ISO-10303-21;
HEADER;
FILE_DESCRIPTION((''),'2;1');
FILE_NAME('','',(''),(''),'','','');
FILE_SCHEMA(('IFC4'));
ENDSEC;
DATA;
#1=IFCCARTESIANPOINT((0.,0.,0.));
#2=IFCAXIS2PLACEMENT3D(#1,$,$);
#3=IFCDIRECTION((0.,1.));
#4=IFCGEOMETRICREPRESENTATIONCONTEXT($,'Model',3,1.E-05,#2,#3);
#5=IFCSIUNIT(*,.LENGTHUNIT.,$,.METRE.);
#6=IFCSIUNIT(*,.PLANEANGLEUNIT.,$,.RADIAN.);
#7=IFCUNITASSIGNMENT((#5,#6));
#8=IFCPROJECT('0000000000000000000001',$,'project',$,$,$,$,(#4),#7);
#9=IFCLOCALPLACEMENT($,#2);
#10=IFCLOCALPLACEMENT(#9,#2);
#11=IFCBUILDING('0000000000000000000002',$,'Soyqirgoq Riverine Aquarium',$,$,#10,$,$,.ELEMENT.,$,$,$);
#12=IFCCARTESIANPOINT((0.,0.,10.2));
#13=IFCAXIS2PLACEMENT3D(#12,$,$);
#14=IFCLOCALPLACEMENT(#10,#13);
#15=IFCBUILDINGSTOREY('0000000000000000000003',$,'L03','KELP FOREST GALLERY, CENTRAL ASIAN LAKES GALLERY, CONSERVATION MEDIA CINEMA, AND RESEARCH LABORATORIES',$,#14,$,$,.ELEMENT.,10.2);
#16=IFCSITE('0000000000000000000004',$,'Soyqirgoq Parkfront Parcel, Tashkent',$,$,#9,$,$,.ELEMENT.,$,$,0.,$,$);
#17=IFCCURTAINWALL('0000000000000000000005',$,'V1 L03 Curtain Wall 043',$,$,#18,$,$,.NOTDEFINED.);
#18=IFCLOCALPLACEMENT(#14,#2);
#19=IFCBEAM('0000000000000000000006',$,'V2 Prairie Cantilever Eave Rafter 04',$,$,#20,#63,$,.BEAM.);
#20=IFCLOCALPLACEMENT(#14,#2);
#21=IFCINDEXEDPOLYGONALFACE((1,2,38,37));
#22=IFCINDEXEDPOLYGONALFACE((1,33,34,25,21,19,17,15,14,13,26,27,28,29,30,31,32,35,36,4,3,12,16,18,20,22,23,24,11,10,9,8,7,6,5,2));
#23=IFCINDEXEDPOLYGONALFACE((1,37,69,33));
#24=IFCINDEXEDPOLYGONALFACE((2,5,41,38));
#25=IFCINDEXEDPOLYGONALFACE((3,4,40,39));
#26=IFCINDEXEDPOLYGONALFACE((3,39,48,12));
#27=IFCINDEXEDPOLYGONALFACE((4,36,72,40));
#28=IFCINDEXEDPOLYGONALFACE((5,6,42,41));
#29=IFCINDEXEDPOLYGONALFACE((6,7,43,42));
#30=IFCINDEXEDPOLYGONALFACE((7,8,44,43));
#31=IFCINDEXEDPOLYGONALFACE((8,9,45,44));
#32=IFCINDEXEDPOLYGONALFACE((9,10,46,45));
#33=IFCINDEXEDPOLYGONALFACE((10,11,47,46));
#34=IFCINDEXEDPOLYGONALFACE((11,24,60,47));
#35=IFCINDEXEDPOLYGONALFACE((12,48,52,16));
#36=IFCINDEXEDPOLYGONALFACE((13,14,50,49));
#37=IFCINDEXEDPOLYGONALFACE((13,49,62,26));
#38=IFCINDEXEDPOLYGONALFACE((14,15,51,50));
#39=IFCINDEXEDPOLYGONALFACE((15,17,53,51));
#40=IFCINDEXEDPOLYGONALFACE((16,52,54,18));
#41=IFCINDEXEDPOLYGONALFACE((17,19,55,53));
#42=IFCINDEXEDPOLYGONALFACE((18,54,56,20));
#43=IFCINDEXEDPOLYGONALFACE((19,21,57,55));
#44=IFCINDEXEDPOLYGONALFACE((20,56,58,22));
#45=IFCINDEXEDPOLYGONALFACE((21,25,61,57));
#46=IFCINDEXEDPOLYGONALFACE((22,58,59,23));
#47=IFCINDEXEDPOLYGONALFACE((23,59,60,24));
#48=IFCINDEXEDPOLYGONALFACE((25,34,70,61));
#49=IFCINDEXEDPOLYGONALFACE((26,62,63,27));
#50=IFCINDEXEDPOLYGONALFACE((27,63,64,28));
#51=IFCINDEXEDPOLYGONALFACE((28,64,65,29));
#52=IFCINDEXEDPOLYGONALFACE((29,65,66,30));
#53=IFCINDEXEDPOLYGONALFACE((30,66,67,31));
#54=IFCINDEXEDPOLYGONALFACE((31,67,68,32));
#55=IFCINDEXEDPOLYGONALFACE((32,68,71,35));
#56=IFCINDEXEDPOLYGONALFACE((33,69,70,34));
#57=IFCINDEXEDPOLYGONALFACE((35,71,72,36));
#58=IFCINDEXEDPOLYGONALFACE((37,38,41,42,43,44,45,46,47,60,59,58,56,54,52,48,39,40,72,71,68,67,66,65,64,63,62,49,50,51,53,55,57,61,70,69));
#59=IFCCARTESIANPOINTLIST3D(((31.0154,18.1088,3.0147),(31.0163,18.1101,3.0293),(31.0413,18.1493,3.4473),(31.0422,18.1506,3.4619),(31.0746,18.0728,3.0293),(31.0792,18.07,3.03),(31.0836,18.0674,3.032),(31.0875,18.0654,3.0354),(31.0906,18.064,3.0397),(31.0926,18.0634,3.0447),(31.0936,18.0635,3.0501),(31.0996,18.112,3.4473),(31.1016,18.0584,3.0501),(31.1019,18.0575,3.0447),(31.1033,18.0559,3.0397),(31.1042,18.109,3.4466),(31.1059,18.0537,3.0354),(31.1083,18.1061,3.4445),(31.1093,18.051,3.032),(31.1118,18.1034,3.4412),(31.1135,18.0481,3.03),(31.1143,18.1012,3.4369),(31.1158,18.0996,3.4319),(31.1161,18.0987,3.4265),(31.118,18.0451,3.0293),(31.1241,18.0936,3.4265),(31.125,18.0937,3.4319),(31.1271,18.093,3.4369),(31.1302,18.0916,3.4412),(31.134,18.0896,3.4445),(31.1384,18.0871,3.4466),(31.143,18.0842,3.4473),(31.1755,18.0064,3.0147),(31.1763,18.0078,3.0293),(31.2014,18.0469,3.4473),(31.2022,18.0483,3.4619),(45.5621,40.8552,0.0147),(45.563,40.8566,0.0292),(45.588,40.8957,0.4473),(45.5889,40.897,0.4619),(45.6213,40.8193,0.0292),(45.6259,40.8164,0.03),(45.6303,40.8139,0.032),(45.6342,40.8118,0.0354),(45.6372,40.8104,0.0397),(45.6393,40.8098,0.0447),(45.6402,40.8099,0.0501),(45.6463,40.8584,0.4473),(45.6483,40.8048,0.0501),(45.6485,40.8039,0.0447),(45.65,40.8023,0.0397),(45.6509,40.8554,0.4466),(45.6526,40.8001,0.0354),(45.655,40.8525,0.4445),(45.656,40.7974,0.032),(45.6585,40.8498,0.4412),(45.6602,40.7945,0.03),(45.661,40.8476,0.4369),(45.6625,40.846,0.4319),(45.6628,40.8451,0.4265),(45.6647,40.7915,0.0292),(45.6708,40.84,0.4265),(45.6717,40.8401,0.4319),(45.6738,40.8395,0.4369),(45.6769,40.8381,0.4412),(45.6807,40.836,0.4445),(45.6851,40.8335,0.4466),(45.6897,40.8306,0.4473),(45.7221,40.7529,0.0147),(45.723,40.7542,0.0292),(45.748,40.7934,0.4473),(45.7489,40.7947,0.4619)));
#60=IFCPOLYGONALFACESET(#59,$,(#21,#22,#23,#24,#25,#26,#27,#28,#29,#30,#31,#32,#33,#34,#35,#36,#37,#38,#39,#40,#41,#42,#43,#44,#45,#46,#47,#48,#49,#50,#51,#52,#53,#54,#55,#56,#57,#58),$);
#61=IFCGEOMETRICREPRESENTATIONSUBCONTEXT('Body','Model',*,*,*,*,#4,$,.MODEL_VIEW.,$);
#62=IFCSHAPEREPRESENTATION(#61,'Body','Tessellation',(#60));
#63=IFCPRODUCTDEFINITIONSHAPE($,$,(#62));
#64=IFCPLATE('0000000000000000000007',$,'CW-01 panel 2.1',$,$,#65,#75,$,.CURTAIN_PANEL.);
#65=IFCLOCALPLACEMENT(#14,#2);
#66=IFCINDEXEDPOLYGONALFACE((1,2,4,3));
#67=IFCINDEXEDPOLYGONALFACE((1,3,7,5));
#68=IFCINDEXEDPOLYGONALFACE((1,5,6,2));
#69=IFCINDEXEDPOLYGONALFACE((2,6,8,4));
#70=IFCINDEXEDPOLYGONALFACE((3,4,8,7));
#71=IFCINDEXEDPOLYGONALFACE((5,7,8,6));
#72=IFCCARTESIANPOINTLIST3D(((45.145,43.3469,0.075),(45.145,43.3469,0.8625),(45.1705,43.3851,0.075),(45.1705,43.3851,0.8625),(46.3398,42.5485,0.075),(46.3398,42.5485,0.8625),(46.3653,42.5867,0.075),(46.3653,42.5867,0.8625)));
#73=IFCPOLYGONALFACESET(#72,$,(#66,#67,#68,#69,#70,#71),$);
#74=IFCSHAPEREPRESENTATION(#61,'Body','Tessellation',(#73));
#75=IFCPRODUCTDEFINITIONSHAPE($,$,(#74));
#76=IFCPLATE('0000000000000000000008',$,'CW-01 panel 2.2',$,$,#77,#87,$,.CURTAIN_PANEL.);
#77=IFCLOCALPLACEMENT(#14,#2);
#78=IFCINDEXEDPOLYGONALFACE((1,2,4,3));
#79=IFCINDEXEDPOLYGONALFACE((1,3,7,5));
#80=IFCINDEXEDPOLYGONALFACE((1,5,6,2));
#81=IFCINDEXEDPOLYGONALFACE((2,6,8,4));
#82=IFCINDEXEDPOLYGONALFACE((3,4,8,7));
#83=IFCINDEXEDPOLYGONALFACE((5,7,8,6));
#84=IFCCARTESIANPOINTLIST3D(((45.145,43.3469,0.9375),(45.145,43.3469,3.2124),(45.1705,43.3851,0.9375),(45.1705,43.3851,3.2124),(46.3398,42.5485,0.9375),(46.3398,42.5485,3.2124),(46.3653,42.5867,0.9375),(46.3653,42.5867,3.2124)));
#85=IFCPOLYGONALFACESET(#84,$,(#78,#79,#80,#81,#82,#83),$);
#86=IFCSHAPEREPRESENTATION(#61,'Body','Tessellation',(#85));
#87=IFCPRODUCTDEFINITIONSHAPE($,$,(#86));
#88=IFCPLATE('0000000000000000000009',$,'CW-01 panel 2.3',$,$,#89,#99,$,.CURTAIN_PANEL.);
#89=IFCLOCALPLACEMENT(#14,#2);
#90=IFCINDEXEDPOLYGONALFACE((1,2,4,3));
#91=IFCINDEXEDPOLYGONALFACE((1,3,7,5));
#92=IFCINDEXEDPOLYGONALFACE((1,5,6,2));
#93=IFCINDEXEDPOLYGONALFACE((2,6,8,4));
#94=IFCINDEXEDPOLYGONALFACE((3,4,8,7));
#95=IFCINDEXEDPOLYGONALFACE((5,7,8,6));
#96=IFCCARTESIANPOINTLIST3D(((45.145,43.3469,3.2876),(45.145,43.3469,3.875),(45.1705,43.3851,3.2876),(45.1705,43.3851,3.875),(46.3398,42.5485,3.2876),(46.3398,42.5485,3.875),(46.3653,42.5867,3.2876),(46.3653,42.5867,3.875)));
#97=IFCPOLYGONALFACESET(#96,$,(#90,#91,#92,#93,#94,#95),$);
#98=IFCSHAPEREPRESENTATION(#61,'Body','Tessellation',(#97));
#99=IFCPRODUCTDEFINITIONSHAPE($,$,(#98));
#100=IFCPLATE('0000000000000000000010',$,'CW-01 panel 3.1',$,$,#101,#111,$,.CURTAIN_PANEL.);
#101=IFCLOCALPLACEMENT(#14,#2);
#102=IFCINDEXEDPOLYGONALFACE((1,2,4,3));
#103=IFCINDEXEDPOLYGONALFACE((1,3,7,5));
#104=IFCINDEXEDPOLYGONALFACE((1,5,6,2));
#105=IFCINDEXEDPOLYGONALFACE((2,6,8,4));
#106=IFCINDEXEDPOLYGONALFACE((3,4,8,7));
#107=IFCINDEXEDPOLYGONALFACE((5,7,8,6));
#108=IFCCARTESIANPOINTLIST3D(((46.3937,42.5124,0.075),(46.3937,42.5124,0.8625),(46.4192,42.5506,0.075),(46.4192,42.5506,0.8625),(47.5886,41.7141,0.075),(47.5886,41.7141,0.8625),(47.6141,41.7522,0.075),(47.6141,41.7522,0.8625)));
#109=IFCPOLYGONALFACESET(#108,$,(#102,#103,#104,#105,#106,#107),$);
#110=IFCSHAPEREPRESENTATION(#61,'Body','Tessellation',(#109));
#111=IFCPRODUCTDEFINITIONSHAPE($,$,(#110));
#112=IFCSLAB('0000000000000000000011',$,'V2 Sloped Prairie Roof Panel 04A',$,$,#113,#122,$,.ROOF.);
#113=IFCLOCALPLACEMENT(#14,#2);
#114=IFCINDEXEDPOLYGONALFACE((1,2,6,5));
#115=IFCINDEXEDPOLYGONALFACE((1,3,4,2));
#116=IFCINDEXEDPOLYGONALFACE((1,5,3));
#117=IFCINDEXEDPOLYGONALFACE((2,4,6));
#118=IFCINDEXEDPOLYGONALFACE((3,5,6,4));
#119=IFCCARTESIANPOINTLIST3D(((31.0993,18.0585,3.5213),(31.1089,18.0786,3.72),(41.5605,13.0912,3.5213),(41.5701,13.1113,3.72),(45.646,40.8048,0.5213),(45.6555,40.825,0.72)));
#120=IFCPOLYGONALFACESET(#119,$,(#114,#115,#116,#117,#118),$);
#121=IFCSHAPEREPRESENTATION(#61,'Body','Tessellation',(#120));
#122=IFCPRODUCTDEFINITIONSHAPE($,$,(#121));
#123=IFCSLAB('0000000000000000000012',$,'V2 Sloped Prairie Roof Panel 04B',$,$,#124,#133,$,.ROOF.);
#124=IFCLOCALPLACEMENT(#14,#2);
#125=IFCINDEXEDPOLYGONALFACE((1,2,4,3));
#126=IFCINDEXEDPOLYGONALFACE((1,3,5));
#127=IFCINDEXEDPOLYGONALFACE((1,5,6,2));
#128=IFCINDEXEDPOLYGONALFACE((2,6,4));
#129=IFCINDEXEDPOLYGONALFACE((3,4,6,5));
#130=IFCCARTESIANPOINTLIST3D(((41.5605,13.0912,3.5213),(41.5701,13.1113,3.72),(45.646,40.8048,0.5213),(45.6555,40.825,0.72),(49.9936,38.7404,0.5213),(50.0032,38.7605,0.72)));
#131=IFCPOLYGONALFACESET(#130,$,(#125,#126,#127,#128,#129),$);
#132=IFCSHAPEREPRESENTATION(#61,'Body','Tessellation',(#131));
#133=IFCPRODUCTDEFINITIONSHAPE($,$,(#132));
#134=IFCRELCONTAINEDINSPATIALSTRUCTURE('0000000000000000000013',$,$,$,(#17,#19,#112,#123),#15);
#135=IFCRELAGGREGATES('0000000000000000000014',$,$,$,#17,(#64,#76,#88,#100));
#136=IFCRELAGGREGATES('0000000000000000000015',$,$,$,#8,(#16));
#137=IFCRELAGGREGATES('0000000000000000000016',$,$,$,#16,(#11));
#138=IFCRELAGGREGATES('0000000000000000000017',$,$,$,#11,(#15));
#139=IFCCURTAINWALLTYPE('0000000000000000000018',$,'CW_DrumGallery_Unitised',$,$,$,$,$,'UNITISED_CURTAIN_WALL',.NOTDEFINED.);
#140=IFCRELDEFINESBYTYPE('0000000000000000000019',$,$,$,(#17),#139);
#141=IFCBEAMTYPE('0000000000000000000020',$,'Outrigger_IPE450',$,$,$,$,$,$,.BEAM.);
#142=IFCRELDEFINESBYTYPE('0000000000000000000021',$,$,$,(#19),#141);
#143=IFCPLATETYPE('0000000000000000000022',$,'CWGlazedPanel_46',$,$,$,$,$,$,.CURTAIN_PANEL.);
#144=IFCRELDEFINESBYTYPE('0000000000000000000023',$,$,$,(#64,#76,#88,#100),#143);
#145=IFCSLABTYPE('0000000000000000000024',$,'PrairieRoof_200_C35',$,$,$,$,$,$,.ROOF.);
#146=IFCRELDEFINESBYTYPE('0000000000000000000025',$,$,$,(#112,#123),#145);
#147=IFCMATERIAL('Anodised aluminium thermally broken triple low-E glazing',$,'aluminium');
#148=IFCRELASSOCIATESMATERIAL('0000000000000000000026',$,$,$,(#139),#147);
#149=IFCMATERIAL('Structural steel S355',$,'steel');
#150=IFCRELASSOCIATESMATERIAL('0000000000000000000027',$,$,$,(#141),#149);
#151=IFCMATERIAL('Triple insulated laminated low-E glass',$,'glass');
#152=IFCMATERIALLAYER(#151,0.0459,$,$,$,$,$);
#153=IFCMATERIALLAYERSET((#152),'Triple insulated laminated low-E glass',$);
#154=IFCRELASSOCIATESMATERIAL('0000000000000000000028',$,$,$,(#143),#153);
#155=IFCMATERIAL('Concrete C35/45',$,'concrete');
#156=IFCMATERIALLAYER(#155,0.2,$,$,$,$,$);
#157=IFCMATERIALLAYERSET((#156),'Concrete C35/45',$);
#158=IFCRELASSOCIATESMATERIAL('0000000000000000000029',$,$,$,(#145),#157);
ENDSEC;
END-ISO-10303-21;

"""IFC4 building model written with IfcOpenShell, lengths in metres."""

from ifc_helpers import new_model, si_unit, direction, frame, origin, origin_2d, place, context, subcontext, project, spatial, polyline, rectangle, i_section, outline, extrude, material, layer, layer_set, material_profile, profile_set, type_object, element, aggregate, save


model = new_model("IFC4")

# Units and contexts
model_context = context("Model", 3, precision=1e-05, world=origin(), true_north=direction((0.0, 1.0)))
body_context = subcontext(model_context, "Body", "Model", "MODEL_VIEW")
ifc_project = project(units=[si_unit("LENGTHUNIT", "METRE"), si_unit("PLANEANGLEUNIT", "RADIAN")], contexts=[model_context])

# Site, building, storey
site_placement = place(None, origin())
site = spatial("IfcSite", under=ifc_project, at=site_placement, Name="Soyqirgoq Parkfront Parcel, Tashkent", CompositionType="ELEMENT", RefElevation=0.0)
building_placement = place(site_placement, origin())
building = spatial("IfcBuilding", under=site, at=building_placement, Name="Soyqirgoq Riverine Aquarium", CompositionType="ELEMENT")
storey_placement = place(building_placement, frame((0.0, 0.0, 10.2)))
storey = spatial("IfcBuildingStorey", under=building, at=storey_placement, Name="L03", Description="KELP FOREST GALLERY, CENTRAL ASIAN LAKES GALLERY, CONSERVATION MEDIA CINEMA, AND RESEARCH LABORATORIES", CompositionType="ELEMENT", Elevation=10.2)

# Curtain wall
ifc_material_1 = material(Name="Anodised aluminium thermally broken triple low-E glazing", Category="aluminium")
curtain_wall_type = type_object("IfcCurtainWallType", Name="CW_DrumGallery_Unitised", ElementType="UNITISED_CURTAIN_WALL", PredefinedType="NOTDEFINED", material=ifc_material_1)
curtain_wall_placement = place(storey_placement, origin())
curtain_wall = element("IfcCurtainWall", 1, at=curtain_wall_placement, inside=storey, type_object=curtain_wall_type, Name="V1 L03 Curtain Wall 043", PredefinedType="NOTDEFINED")

# Beam
ifc_material_2 = material(Name="Structural steel S355", Category="steel")
ifc_material_profile_1 = material_profile(ifc_material_2, i_section(OverallWidth=0.1899, OverallDepth=0.45, WebThickness=0.0095, FlangeThickness=0.0146, FilletRadius=0.021, at=origin_2d()), Name="IPE 450")
ifc_profile_set_1 = profile_set([ifc_material_profile_1], Name="Structural steel S355")
beam_type = type_object("IfcBeamType", Name="Outrigger_IPE450", PredefinedType="BEAM", material=ifc_profile_set_1)
beam_placement = place(storey_placement, frame((45.6555, 40.825, 0.2383), z_axis=(-0.535469, -0.837304, 0.110431), x_axis=(0.842457, -0.538764, 0.0)))
element("IfcBeam", 2, at=beam_placement, inside=storey, type_object=beam_type, Name="V2 Prairie Cantilever Eave Rafter 04", PredefinedType="BEAM", context=body_context, shape_type="SweptSolid", body=[
    extrude(i_section(OverallWidth=0.1899, OverallDepth=0.45, WebThickness=0.0095, FlangeThickness=0.0146, FilletRadius=0.021, at=origin_2d()), origin(), (0.0, 0.0, 1.0), 27.1663),
])

# Plates
ifc_material_3 = material(Name="Triple insulated laminated low-E glass", Category="glass")
ifc_layer_1 = layer(ifc_material_3, 0.0459)
ifc_layer_set_1 = layer_set([ifc_layer_1], Name="Triple insulated laminated low-E glass")
plate_type = type_object("IfcPlateType", Name="CWGlazedPanel_46", PredefinedType="CURTAIN_PANEL", material=ifc_layer_set_1)
plate_1_placement = place(storey_placement, frame((45.7551, 42.9668, 0.075), z_axis=(0.0, 0.0, 1.0), x_axis=(0.831469, -0.555572, 0.0)))
plate_1 = element("IfcPlate", 3, at=plate_1_placement, type_object=plate_type, Name="CW-01 panel 2.1", PredefinedType="CURTAIN_PANEL", context=body_context, shape_type="SweptSolid", body=[
    extrude(rectangle(XDim=1.437, YDim=0.0459, at=origin_2d()), origin(), (0.0, 0.0, 1.0), 0.7876),
])
plate_2_placement = place(storey_placement, frame((45.7551, 42.9668, 0.9375), z_axis=(0.0, 0.0, 1.0), x_axis=(0.831469, -0.555572, 0.0)))
plate_2 = element("IfcPlate", 4, at=plate_2_placement, type_object=plate_type, Name="CW-01 panel 2.2", PredefinedType="CURTAIN_PANEL", context=body_context, shape_type="SweptSolid", body=[
    extrude(rectangle(XDim=1.437, YDim=0.0459, at=origin_2d()), origin(), (0.0, 0.0, 1.0), 2.2749),
])
plate_3_placement = place(storey_placement, frame((45.7551, 42.9668, 3.2876), z_axis=(0.0, 0.0, 1.0), x_axis=(0.831469, -0.555572, 0.0)))
plate_3 = element("IfcPlate", 5, at=plate_3_placement, type_object=plate_type, Name="CW-01 panel 2.3", PredefinedType="CURTAIN_PANEL", context=body_context, shape_type="SweptSolid", body=[
    extrude(rectangle(XDim=1.437, YDim=0.0459, at=origin_2d()), origin(), (0.0, 0.0, 1.0), 0.5874),
])
plate_4_placement = place(storey_placement, frame((47.0039, 42.1323, 0.075), z_axis=(0.0, 0.0, 1.0), x_axis=(0.831469, -0.555572, 0.0)))
plate_4 = element("IfcPlate", 6, at=plate_4_placement, type_object=plate_type, Name="CW-01 panel 3.1", PredefinedType="CURTAIN_PANEL", context=body_context, shape_type="SweptSolid", body=[
    extrude(rectangle(XDim=1.437, YDim=0.0459, at=origin_2d()), origin(), (0.0, 0.0, 1.0), 0.7876),
])
aggregate(curtain_wall, [plate_1, plate_2, plate_3, plate_4])

# Slabs
ifc_material_4 = material(Name="Concrete C35/45", Category="concrete")
ifc_layer_2 = layer(ifc_material_4, 0.2)
ifc_layer_set_2 = layer_set([ifc_layer_2], Name="Concrete C35/45")
slab_type = type_object("IfcSlabType", Name="PrairieRoof_200_C35", PredefinedType="ROOF", material=ifc_layer_set_2)
slab_1_placement = place(storey_placement, frame((45.6555, 40.825, 0.72), z_axis=(0.047739, 0.10054, 0.993787), x_axis=(-0.535469, -0.837304, 0.110431)))
element("IfcSlab", 7, at=slab_1_placement, inside=storey, type_object=slab_type, Name="V2 Sloped Prairie Roof Panel 04A", PredefinedType="ROOF", context=body_context, shape_type="SweptSolid", body=[
    extrude(outline(polyline([(0.0, 0.0), (27.1662, 0.0), (25.7237, 11.4904), (0.0, 0.0)])), origin(), (0.0, 0.0, -1.0), 0.2),
])
slab_2_placement = place(storey_placement, frame((45.6555, 40.825, 0.72), z_axis=(0.047741, 0.10054, 0.993787), x_axis=(-0.145011, -0.983683, 0.106484)))
element("IfcSlab", 8, at=slab_2_placement, inside=storey, type_object=slab_type, Name="V2 Sloped Prairie Roof Panel 04B", PredefinedType="ROOF", context=body_context, shape_type="SweptSolid", body=[
    extrude(outline(polyline([(0.0, 0.0), (28.1733, 0.0), (1.4003, 4.6047), (0.0, 0.0)])), origin(), (0.0, 0.0, -1.0), 0.2),
])

save(model, "model.ifc")
